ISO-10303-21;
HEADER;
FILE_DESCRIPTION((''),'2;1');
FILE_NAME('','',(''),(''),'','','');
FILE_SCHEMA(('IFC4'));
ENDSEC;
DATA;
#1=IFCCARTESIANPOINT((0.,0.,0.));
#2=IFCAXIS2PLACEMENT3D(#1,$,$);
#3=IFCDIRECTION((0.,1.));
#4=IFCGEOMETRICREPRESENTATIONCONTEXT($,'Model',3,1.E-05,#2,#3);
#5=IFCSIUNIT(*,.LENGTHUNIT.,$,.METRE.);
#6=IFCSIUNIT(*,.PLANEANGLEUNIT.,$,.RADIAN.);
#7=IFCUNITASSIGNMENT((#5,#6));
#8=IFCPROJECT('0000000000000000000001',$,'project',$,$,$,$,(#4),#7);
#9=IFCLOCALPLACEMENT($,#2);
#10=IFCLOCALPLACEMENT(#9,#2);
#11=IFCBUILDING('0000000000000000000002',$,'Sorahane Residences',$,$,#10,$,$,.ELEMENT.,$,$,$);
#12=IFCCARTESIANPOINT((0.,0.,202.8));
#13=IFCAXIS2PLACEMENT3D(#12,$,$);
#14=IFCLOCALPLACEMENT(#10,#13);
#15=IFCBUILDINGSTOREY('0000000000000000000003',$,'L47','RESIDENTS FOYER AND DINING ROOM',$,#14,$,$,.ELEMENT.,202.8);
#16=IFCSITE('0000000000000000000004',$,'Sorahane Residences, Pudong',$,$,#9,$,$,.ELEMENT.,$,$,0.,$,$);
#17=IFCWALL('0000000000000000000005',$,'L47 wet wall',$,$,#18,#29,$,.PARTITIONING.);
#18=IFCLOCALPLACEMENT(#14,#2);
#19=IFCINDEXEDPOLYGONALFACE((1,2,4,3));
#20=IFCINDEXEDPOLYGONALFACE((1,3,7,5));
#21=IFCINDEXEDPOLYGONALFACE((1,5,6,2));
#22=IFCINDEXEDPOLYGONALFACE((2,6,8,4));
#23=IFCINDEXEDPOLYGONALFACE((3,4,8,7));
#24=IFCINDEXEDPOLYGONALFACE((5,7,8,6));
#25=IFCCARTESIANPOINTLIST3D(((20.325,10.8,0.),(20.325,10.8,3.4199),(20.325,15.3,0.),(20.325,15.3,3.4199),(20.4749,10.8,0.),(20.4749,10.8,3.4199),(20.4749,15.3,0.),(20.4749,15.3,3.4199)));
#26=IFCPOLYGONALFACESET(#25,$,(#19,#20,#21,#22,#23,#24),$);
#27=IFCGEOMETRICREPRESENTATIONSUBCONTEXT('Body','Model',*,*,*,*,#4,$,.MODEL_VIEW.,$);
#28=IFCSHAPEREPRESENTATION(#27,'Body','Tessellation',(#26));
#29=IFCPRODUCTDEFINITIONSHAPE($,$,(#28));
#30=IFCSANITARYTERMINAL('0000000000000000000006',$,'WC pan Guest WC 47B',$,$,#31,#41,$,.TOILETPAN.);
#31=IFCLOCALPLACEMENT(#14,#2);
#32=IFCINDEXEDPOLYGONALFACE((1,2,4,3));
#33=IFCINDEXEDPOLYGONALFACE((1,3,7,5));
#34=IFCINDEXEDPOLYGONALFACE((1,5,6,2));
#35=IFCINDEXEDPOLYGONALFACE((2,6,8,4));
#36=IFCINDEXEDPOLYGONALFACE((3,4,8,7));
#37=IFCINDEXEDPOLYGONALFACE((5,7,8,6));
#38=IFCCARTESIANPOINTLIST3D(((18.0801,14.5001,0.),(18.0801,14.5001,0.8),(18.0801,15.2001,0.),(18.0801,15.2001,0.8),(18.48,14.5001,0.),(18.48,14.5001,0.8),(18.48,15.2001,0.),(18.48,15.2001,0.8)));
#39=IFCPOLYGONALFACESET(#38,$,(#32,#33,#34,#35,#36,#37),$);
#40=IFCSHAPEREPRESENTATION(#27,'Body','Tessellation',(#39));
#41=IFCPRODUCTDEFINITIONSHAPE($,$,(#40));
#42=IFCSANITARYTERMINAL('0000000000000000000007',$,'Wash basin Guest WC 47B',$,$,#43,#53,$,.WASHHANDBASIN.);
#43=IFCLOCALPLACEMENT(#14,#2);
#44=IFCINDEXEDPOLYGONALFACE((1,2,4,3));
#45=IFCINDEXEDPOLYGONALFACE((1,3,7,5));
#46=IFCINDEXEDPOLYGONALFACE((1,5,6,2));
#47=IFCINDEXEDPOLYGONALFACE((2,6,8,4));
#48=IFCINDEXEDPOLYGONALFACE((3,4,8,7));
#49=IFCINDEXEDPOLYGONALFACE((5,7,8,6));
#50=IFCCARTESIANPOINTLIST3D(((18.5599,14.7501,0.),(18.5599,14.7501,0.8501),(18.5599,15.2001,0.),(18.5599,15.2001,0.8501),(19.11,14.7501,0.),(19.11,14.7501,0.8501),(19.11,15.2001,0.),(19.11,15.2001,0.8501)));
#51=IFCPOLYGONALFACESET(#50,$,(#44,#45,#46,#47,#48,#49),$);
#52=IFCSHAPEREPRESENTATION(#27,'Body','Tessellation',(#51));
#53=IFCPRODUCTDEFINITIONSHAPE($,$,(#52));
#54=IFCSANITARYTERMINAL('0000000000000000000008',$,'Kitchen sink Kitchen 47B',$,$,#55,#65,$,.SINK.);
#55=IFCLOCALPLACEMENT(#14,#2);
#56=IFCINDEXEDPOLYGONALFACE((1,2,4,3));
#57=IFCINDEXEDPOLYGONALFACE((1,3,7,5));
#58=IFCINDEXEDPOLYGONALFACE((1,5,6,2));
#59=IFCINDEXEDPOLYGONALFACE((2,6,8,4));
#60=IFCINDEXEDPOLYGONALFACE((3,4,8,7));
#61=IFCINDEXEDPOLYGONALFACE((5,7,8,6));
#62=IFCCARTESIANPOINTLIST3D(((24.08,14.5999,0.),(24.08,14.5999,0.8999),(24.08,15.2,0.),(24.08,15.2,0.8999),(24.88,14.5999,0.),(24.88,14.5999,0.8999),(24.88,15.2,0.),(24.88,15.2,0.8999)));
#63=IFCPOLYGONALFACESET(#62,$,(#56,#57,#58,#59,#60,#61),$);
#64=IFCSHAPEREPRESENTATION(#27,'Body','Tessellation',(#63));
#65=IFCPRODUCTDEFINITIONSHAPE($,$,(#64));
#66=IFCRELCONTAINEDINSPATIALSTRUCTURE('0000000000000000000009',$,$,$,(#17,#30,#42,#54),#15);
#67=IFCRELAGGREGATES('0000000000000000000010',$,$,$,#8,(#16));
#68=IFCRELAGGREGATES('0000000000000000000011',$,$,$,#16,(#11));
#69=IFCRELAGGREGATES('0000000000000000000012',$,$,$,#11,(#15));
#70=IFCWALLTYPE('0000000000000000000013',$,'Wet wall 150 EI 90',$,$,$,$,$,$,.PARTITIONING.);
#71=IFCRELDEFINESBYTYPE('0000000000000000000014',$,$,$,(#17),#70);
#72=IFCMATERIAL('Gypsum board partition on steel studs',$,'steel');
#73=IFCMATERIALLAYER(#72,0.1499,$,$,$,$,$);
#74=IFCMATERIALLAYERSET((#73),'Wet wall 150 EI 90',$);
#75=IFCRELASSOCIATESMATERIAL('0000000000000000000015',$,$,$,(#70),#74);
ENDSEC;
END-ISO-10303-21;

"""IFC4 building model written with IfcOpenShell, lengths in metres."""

from ifc_helpers import new_model, si_unit, direction, frame, frame_2d, origin, origin_2d, place, context, subcontext, project, spatial, rectangle, extrude, material, layer, layer_set, type_object, element, save


model = new_model("IFC4")

# Units and contexts
model_context = context("Model", 3, precision=1e-05, world=origin(), true_north=direction((0.0, 1.0)))
body_context = subcontext(model_context, "Body", "Model", "MODEL_VIEW")
ifc_project = project(units=[si_unit("LENGTHUNIT", "METRE"), si_unit("PLANEANGLEUNIT", "RADIAN")], contexts=[model_context])

# Site, building, storey
site_placement = place(None, origin())
site = spatial("IfcSite", under=ifc_project, at=site_placement, Name="Sorahane Residences, Pudong", CompositionType="ELEMENT", RefElevation=0.0)
building_placement = place(site_placement, origin())
building = spatial("IfcBuilding", under=site, at=building_placement, Name="Sorahane Residences", CompositionType="ELEMENT")
storey_placement = place(building_placement, frame((0.0, 0.0, 202.8)))
storey = spatial("IfcBuildingStorey", under=building, at=storey_placement, Name="L47", Description="RESIDENTS FOYER AND DINING ROOM", CompositionType="ELEMENT", Elevation=202.8)

# Wall
ifc_material_1 = material(Name="Gypsum board partition on steel studs", Category="steel")
ifc_layer_1 = layer(ifc_material_1, 0.1499)
ifc_layer_set_1 = layer_set([ifc_layer_1], Name="Wet wall 150 EI 90")
wall_type_1 = type_object("IfcWallType", Name="Wet wall 150 EI 90", PredefinedType="PARTITIONING", material=ifc_layer_set_1)
wall_1_placement = place(storey_placement, frame((20.3999, 10.8, 0.0), z_axis=(0.0, 0.0, 1.0), x_axis=(0.0, 1.0, 0.0)))
element("IfcWall", 1, at=wall_1_placement, inside=storey, type_object=wall_type_1, Name="L47 wet wall", PredefinedType="PARTITIONING", context=body_context, shape_type="SweptSolid", body=[
    extrude(rectangle(XDim=4.5, YDim=0.1499, at=frame_2d((2.25, 0.0))), origin(), (0.0, 0.0, 1.0), 3.4199),
])

# Sanitary terminals
sanitary_terminal_1_placement = place(storey_placement, frame((18.28, 14.8501, 0.0), z_axis=(0.0, 0.0, 1.0), x_axis=(1.0, 0.0, 0.0)))
element("IfcSanitaryTerminal", 2, at=sanitary_terminal_1_placement, inside=storey, Name="WC pan Guest WC 47B", PredefinedType="TOILETPAN", context=body_context, shape_type="SweptSolid", body=[
    extrude(rectangle(XDim=0.3999, YDim=0.7, at=origin_2d()), origin(), (0.0, 0.0, 1.0), 0.8),
])
sanitary_terminal_2_placement = place(storey_placement, frame((18.835, 14.9751, 0.0), z_axis=(0.0, 0.0, 1.0), x_axis=(1.0, 0.0, 0.0)))
element("IfcSanitaryTerminal", 3, at=sanitary_terminal_2_placement, inside=storey, Name="Wash basin Guest WC 47B", PredefinedType="WASHHANDBASIN", context=body_context, shape_type="SweptSolid", body=[
    extrude(rectangle(XDim=0.55, YDim=0.45, at=origin_2d()), origin(), (0.0, 0.0, 1.0), 0.8501),
])
sanitary_terminal_3_placement = place(storey_placement, frame((24.48, 14.8999, 0.0), z_axis=(0.0, 0.0, 1.0), x_axis=(1.0, 0.0, 0.0)))
element("IfcSanitaryTerminal", 4, at=sanitary_terminal_3_placement, inside=storey, Name="Kitchen sink Kitchen 47B", PredefinedType="SINK", context=body_context, shape_type="SweptSolid", body=[
    extrude(rectangle(XDim=0.8, YDim=0.6001, at=origin_2d()), origin(), (0.0, 0.0, 1.0), 0.8999),
])

save(model, "model.ifc")
